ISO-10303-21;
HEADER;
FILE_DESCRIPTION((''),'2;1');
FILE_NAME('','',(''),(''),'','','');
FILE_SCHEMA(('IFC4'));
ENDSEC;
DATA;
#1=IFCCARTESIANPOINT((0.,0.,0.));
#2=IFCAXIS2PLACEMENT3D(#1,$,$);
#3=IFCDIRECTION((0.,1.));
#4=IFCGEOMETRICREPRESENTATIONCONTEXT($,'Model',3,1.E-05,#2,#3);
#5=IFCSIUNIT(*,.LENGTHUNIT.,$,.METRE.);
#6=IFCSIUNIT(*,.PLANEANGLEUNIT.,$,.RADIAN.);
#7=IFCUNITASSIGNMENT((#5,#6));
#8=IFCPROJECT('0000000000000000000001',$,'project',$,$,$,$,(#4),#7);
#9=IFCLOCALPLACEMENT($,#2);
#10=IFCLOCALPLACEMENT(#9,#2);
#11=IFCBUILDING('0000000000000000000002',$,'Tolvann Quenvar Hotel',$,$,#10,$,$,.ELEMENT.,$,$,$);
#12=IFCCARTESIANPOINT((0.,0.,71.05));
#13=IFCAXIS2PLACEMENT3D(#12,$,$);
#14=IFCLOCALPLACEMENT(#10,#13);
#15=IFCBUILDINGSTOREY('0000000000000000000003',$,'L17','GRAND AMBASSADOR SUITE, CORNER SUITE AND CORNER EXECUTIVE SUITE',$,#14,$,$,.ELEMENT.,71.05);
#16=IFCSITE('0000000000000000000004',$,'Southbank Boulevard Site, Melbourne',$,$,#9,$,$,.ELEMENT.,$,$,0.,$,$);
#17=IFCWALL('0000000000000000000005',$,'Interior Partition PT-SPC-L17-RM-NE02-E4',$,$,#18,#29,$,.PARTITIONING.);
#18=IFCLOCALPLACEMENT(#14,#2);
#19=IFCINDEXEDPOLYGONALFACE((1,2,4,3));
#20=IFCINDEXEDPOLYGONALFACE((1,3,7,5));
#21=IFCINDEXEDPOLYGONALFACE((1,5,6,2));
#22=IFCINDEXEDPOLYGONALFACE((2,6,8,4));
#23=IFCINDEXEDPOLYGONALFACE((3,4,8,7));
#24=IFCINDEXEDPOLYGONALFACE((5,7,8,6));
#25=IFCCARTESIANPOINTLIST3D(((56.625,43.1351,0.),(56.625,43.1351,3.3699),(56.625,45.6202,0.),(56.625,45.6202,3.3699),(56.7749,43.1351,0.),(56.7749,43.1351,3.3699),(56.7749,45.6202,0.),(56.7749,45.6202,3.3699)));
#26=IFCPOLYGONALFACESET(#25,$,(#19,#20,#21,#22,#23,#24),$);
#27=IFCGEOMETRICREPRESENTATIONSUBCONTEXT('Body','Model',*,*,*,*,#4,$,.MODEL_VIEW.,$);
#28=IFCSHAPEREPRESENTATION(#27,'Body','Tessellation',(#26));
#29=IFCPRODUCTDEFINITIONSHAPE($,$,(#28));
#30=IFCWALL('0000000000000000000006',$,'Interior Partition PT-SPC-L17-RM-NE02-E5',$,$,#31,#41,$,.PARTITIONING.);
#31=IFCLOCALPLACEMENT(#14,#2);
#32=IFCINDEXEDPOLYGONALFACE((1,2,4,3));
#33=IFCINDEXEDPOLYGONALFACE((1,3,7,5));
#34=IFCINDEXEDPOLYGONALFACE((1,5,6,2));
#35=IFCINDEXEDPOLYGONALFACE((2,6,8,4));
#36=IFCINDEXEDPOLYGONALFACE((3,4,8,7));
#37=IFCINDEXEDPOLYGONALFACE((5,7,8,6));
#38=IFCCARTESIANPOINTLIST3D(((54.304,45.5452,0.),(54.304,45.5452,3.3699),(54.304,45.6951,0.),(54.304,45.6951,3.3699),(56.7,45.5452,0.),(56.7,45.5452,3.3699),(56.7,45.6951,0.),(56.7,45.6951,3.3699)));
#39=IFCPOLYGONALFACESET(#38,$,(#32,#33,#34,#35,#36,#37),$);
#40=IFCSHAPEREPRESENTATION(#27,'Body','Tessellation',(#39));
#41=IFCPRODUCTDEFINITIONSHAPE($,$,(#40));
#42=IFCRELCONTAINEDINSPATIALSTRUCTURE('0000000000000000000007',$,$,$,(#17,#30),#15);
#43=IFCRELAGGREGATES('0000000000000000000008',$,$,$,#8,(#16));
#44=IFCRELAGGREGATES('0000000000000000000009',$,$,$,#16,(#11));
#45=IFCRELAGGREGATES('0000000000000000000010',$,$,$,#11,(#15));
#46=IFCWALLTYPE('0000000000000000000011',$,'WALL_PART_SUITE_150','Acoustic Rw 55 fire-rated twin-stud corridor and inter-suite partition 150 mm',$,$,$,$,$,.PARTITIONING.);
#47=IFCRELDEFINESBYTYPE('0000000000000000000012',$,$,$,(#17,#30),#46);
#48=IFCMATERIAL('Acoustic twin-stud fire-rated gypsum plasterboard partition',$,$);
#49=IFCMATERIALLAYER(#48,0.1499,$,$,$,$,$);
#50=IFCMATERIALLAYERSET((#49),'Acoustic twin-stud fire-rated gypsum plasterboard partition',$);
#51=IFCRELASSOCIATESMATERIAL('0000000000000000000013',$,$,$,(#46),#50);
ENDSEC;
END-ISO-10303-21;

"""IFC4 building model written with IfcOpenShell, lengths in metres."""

from ifc_helpers import new_model, si_unit, direction, frame, frame_2d, origin, place, context, subcontext, project, spatial, rectangle, extrude, material, layer, layer_set, type_object, element, save


model = new_model("IFC4")

# Units and contexts
model_context = context("Model", 3, precision=1e-05, world=origin(), true_north=direction((0.0, 1.0)))
body_context = subcontext(model_context, "Body", "Model", "MODEL_VIEW")
ifc_project = project(units=[si_unit("LENGTHUNIT", "METRE"), si_unit("PLANEANGLEUNIT", "RADIAN")], contexts=[model_context])

# Site, building, storey
site_placement = place(None, origin())
site = spatial("IfcSite", under=ifc_project, at=site_placement, Name="Southbank Boulevard Site, Melbourne", CompositionType="ELEMENT", RefElevation=0.0)
building_placement = place(site_placement, origin())
building = spatial("IfcBuilding", under=site, at=building_placement, Name="Tolvann Quenvar Hotel", CompositionType="ELEMENT")
storey_placement = place(building_placement, frame((0.0, 0.0, 71.05)))
storey = spatial("IfcBuildingStorey", under=building, at=storey_placement, Name="L17", Description="GRAND AMBASSADOR SUITE, CORNER SUITE AND CORNER EXECUTIVE SUITE", CompositionType="ELEMENT", Elevation=71.05)

# Walls
ifc_material_1 = material(Name="Acoustic twin-stud fire-rated gypsum plasterboard partition")
ifc_layer_1 = layer(ifc_material_1, 0.1499)
ifc_layer_set_1 = layer_set([ifc_layer_1], Name="Acoustic twin-stud fire-rated gypsum plasterboard partition")
wall_type_1 = type_object("IfcWallType", Name="WALL_PART_SUITE_150", Description="Acoustic Rw 55 fire-rated twin-stud corridor and inter-suite partition 150 mm", PredefinedType="PARTITIONING", material=ifc_layer_set_1)
wall_1_placement = place(storey_placement, frame((56.7, 43.135, 0.0), z_axis=(0.0, 0.0, 1.0), x_axis=(0.0, 1.0, 0.0)))
element("IfcWall", 1, at=wall_1_placement, inside=storey, type_object=wall_type_1, Name="Interior Partition PT-SPC-L17-RM-NE02-E4", PredefinedType="PARTITIONING", context=body_context, shape_type="SweptSolid", body=[
    extrude(rectangle(XDim=2.4851, YDim=0.1499, at=frame_2d((1.2427, 0.0))), origin(), (0.0, 0.0, 1.0), 3.3699),
])
wall_2_placement = place(storey_placement, frame((54.304, 45.6201, 0.0), z_axis=(0.0, 0.0, 1.0), x_axis=(1.0, 0.0, 0.0)))
element("IfcWall", 2, at=wall_2_placement, inside=storey, type_object=wall_type_1, Name="Interior Partition PT-SPC-L17-RM-NE02-E5", PredefinedType="PARTITIONING", context=body_context, shape_type="SweptSolid", body=[
    extrude(rectangle(XDim=2.396, YDim=0.1499, at=frame_2d((1.198, 0.0))), origin(), (0.0, 0.0, 1.0), 3.3699),
])

save(model, "model.ifc")
